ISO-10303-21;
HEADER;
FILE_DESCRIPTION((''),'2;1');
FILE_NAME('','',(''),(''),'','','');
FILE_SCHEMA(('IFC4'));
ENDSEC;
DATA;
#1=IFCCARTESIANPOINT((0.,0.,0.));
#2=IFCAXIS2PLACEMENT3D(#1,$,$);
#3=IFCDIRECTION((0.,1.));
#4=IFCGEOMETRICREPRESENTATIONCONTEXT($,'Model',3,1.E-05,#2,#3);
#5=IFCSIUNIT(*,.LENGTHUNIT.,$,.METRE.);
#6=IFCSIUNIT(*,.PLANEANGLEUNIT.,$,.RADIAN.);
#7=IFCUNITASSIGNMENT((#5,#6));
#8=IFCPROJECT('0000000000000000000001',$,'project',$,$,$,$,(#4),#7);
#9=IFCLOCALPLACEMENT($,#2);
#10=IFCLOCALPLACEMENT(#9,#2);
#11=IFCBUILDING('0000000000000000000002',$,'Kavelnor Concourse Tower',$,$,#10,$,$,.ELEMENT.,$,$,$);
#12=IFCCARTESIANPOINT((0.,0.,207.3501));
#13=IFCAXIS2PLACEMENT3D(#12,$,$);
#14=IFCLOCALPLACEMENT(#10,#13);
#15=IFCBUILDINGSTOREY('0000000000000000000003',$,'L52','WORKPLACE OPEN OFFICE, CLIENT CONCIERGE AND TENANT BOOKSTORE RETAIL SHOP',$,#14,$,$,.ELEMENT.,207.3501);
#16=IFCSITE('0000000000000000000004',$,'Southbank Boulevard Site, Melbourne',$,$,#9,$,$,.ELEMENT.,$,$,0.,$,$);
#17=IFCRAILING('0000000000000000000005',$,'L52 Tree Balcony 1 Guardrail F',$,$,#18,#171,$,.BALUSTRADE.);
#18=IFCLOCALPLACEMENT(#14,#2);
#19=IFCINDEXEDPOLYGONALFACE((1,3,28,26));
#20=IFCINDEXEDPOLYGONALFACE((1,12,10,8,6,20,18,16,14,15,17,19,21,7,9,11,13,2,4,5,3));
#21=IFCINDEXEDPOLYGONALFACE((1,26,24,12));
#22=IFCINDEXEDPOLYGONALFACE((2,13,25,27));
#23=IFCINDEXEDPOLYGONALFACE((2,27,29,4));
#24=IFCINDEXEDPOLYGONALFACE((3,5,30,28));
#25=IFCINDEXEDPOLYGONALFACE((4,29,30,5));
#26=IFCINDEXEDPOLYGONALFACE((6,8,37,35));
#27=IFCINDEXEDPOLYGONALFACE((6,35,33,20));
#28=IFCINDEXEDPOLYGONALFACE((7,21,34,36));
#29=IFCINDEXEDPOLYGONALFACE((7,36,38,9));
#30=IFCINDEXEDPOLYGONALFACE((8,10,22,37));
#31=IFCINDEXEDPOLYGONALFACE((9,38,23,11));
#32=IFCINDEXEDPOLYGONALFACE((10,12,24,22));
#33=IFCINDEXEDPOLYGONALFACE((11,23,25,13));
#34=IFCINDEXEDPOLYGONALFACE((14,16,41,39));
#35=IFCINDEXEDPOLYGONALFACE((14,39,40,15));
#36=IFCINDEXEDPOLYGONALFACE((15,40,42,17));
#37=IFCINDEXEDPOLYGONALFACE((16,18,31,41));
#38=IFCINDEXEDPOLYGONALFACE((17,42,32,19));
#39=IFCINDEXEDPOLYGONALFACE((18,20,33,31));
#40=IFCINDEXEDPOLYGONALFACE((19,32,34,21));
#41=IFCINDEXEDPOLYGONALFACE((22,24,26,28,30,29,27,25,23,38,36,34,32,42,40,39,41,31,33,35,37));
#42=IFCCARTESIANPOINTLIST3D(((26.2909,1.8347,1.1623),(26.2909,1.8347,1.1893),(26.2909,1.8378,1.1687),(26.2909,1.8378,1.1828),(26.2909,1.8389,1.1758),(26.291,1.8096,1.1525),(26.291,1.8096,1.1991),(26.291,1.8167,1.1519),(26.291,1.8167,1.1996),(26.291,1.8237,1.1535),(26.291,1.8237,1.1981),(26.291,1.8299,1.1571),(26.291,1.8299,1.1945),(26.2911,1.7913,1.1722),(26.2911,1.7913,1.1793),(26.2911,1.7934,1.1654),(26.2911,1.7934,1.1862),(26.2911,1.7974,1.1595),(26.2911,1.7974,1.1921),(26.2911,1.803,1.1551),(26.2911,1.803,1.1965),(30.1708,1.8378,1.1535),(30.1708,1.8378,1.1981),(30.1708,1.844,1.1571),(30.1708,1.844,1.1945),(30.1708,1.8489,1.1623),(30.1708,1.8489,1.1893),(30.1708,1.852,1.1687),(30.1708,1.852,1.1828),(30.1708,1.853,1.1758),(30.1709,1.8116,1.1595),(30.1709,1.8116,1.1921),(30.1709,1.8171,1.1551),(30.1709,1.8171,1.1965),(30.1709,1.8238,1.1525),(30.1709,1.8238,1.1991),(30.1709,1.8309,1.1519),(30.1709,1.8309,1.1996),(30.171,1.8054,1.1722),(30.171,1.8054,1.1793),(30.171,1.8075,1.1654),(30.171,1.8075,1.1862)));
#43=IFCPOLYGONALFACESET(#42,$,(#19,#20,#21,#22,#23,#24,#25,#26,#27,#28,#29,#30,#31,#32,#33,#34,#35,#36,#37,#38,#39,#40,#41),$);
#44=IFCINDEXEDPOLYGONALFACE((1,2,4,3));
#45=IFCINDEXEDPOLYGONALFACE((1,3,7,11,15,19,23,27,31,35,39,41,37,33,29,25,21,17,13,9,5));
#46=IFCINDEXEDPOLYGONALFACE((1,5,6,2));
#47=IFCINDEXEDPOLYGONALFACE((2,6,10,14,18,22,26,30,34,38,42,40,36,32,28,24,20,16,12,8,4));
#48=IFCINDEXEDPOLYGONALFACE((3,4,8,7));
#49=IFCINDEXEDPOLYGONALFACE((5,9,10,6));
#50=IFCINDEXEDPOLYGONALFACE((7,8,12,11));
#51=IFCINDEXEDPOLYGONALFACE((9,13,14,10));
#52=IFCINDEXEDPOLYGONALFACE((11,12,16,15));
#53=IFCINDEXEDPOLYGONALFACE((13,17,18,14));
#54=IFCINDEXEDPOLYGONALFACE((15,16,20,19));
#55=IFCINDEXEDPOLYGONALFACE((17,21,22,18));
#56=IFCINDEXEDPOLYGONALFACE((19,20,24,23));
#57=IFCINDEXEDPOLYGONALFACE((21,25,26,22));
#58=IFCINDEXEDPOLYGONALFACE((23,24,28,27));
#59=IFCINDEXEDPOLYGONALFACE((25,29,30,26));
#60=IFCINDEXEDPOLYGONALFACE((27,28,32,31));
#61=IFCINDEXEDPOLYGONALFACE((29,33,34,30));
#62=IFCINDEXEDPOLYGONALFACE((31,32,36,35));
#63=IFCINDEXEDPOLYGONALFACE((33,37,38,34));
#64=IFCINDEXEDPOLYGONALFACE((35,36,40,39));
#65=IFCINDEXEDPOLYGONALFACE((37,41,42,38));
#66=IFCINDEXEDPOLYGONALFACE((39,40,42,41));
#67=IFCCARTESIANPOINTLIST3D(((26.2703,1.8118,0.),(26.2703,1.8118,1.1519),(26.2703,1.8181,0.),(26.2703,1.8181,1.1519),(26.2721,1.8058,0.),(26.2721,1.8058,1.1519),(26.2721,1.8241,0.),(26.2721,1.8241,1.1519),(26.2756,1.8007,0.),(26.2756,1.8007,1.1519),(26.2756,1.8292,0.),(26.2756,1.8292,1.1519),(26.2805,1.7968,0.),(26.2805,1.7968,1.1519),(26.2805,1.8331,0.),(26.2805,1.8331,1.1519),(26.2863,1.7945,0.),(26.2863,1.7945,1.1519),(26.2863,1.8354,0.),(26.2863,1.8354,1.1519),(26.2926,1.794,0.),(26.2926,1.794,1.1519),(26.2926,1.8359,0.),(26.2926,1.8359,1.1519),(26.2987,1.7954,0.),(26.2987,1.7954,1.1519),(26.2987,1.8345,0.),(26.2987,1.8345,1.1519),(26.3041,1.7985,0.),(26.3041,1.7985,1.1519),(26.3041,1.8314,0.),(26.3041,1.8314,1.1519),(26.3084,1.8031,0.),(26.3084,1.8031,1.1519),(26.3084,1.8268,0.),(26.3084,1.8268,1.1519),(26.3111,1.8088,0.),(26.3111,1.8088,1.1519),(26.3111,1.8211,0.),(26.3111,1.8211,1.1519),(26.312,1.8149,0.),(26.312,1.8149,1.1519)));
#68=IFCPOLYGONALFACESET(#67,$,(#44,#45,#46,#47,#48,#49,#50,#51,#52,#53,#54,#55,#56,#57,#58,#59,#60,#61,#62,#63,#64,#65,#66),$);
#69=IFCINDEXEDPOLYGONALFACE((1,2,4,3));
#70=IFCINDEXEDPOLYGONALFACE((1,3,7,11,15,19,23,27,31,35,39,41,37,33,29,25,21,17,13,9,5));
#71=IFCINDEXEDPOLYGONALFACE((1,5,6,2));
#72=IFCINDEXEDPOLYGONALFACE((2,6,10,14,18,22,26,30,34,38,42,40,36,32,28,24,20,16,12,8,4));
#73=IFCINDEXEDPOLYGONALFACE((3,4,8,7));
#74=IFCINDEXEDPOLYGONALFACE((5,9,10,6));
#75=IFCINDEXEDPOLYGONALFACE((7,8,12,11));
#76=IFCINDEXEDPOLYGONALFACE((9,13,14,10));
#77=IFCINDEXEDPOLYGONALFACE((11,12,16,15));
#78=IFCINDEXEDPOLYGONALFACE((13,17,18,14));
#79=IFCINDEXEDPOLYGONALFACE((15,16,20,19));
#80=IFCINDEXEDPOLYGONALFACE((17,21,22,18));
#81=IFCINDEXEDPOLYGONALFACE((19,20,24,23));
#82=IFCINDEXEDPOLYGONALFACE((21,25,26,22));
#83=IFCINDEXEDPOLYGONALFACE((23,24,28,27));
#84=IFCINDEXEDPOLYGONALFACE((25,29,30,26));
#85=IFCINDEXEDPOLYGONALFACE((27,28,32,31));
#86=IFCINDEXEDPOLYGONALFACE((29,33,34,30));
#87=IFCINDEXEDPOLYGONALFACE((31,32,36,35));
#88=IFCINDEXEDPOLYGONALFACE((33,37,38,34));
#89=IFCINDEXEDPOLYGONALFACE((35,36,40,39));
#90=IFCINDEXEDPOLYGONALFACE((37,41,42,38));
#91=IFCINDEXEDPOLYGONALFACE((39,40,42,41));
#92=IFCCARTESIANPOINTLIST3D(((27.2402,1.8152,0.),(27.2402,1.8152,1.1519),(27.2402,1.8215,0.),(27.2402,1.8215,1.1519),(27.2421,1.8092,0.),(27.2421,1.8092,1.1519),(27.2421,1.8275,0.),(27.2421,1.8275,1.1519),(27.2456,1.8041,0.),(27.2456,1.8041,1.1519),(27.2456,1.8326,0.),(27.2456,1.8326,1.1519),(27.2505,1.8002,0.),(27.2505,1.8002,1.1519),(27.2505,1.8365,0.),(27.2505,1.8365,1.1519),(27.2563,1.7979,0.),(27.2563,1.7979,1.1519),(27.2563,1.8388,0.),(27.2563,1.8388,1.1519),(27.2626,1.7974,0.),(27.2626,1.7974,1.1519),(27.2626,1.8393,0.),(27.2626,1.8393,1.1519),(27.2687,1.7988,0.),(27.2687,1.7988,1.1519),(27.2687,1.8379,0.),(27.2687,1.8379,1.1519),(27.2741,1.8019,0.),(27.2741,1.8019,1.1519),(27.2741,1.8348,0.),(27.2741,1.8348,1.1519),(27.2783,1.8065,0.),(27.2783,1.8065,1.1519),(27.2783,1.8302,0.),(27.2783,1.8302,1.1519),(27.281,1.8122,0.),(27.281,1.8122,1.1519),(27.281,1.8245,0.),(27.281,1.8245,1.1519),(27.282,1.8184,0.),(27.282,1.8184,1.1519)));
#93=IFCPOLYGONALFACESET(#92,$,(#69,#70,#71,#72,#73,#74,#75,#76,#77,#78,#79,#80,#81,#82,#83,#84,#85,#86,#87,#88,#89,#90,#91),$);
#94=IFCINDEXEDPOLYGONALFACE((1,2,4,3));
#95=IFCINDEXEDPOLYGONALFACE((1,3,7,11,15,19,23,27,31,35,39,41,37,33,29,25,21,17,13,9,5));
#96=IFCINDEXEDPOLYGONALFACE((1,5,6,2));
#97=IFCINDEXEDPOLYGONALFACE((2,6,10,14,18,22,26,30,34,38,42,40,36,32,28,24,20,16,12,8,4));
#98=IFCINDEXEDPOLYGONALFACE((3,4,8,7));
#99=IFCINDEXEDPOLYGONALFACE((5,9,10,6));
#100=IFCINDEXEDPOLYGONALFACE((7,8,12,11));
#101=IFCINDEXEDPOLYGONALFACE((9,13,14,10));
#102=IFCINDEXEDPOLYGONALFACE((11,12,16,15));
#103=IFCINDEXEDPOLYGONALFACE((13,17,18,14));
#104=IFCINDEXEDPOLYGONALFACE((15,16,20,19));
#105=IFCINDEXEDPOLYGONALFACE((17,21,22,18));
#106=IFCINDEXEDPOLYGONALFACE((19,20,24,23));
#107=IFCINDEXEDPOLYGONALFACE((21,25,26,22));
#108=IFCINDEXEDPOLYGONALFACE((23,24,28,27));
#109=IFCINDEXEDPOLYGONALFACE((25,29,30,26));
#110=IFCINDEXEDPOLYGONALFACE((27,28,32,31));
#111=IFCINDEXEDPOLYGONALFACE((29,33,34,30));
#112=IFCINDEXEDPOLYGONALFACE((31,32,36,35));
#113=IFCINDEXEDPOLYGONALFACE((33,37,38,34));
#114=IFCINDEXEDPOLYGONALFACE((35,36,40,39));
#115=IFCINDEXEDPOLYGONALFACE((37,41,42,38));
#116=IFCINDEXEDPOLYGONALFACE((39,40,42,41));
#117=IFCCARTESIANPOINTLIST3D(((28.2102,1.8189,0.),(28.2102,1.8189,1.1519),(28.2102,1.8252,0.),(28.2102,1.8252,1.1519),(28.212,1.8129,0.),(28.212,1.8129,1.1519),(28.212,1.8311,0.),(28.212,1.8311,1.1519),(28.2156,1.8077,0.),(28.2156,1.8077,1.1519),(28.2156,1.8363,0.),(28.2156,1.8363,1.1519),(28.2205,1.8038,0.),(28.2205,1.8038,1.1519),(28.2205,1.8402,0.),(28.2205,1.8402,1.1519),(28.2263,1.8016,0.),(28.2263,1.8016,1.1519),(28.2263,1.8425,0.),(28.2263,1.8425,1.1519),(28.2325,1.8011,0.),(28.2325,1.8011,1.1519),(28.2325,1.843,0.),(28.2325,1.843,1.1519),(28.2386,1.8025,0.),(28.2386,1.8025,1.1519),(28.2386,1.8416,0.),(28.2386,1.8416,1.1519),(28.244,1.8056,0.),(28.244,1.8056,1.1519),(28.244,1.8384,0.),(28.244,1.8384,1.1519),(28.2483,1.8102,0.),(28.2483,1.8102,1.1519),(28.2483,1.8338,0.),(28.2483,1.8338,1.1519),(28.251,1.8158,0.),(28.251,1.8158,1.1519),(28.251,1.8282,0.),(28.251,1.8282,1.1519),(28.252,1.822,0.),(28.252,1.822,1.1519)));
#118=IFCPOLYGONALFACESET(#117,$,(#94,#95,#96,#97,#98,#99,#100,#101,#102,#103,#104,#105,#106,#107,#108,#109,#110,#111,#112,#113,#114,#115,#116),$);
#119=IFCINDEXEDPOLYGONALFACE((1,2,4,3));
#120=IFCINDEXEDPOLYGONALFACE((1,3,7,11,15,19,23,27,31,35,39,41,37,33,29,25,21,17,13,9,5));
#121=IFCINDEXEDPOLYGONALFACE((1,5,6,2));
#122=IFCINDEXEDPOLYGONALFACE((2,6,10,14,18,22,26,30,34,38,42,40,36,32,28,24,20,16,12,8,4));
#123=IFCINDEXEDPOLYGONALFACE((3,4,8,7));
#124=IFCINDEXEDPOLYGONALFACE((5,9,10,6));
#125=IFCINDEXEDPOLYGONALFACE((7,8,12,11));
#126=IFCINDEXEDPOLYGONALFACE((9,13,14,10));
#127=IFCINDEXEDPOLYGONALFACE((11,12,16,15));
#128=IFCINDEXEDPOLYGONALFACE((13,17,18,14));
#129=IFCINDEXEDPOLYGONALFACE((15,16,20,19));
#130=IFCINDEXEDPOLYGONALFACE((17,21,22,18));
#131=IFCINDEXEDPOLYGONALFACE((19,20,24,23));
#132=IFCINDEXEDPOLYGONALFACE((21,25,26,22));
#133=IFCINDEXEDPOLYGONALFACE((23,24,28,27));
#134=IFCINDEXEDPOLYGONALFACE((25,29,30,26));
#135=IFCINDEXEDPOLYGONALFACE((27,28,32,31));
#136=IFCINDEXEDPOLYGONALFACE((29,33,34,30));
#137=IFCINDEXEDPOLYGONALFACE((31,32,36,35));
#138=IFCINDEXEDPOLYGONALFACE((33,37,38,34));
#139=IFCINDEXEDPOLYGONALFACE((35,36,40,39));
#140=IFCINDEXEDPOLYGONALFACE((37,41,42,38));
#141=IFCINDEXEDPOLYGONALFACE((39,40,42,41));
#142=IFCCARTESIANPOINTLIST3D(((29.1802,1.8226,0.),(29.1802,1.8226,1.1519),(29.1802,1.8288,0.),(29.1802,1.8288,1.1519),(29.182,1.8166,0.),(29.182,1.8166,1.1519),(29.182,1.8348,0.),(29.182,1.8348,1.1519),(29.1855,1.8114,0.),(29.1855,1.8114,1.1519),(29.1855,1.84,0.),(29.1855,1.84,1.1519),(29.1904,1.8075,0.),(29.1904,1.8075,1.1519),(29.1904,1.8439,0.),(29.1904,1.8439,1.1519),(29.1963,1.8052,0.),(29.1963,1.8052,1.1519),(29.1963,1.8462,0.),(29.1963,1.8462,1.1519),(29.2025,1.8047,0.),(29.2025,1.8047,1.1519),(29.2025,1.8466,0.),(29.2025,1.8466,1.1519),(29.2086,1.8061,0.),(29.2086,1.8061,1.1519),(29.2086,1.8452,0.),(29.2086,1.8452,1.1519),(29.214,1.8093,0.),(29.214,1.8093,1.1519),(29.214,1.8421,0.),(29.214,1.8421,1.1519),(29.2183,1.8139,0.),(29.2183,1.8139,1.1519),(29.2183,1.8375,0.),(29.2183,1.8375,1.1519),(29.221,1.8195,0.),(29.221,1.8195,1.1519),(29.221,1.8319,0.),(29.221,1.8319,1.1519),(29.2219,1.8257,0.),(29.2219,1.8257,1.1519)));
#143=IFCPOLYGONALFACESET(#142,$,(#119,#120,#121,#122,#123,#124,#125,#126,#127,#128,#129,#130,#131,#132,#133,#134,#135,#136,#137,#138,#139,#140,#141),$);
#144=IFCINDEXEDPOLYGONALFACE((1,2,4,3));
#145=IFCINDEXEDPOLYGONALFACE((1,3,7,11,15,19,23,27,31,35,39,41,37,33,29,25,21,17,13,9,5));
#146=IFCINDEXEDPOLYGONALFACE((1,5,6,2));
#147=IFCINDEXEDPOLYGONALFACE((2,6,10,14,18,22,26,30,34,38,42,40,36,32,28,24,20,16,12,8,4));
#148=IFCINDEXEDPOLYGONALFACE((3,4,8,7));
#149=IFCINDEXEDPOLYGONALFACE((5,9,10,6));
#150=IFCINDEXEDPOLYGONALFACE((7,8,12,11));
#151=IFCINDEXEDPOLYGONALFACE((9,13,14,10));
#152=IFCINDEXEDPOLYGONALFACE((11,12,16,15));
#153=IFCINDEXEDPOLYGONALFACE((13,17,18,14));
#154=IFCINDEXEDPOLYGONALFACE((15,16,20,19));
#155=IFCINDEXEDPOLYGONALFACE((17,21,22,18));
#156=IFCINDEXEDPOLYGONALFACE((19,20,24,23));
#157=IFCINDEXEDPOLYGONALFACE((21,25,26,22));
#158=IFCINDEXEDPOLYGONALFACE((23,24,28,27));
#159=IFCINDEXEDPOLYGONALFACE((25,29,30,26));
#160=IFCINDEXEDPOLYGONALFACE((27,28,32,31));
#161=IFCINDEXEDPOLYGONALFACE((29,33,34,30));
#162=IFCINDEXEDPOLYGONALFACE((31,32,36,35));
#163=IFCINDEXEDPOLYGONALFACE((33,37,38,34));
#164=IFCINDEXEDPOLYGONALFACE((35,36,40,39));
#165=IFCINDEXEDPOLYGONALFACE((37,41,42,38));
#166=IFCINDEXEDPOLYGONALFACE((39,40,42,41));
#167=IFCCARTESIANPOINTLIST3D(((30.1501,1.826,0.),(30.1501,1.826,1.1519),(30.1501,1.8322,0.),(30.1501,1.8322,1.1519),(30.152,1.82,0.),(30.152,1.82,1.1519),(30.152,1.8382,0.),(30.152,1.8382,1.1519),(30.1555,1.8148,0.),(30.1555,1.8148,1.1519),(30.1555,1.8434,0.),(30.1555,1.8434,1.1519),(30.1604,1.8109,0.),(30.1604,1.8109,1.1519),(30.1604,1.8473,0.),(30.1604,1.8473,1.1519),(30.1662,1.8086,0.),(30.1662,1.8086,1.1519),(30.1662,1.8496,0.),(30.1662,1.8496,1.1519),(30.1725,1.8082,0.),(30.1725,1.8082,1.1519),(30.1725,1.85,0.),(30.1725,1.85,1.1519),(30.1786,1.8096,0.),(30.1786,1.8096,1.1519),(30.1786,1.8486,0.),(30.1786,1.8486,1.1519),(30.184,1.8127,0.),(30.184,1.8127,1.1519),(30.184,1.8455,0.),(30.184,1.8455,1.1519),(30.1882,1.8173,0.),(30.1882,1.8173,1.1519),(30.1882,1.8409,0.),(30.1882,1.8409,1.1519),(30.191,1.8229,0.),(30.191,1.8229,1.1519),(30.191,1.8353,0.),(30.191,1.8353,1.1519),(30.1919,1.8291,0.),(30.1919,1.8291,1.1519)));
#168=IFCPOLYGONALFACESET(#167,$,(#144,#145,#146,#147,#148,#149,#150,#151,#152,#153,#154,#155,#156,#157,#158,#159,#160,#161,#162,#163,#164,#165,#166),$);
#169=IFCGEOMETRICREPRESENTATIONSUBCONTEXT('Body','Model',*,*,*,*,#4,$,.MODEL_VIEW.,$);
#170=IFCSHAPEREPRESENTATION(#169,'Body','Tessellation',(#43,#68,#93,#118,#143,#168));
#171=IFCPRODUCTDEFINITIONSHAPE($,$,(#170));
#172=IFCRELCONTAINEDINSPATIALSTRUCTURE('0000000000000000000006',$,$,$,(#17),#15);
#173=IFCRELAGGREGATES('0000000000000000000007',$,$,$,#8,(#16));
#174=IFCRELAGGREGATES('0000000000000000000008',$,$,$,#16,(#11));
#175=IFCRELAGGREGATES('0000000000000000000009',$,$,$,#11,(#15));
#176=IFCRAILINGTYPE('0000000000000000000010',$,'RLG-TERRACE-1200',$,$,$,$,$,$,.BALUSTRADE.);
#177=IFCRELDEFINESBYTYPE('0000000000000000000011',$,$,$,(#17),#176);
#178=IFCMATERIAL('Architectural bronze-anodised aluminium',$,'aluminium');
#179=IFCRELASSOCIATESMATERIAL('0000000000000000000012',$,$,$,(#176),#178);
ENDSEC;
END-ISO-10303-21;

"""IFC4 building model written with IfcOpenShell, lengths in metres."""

from ifc_helpers import new_model, si_unit, direction, frame, origin, origin_2d, place, context, subcontext, project, spatial, circle, extrude, material, type_object, element, save


model = new_model("IFC4")

# Units and contexts
model_context = context("Model", 3, precision=1e-05, world=origin(), true_north=direction((0.0, 1.0)))
body_context = subcontext(model_context, "Body", "Model", "MODEL_VIEW")
ifc_project = project(units=[si_unit("LENGTHUNIT", "METRE"), si_unit("PLANEANGLEUNIT", "RADIAN")], contexts=[model_context])

# Site, building, storey
site_placement = place(None, origin())
site = spatial("IfcSite", under=ifc_project, at=site_placement, Name="Southbank Boulevard Site, Melbourne", CompositionType="ELEMENT", RefElevation=0.0)
building_placement = place(site_placement, origin())
building = spatial("IfcBuilding", under=site, at=building_placement, Name="Kavelnor Concourse Tower", CompositionType="ELEMENT")
storey_placement = place(building_placement, frame((0.0, 0.0, 207.3501)))
storey = spatial("IfcBuildingStorey", under=building, at=storey_placement, Name="L52", Description="WORKPLACE OPEN OFFICE, CLIENT CONCIERGE AND TENANT BOOKSTORE RETAIL SHOP", CompositionType="ELEMENT", Elevation=207.3501)

# Railing
ifc_material_1 = material(Name="Architectural bronze-anodised aluminium", Category="aluminium")
railing_type = type_object("IfcRailingType", Name="RLG-TERRACE-1200", PredefinedType="BALUSTRADE", material=ifc_material_1)
railing_1_placement = place(storey_placement, frame((26.291, 1.8149, 0.0)))
element("IfcRailing", 1, at=railing_1_placement, inside=storey, type_object=railing_type, Name="L52 Tree Balcony 1 Guardrail F", PredefinedType="BALUSTRADE", context=body_context, shape_type="SweptSolid", body=[
    extrude(circle(Radius=0.0239, at=origin_2d()), frame((0.0, 0.0, 1.1758), z_axis=(0.999993, 0.00365, 0.0), x_axis=(-0.00365, 0.999993, 0.0)), (0.0, 0.0, 1.0), 3.8799),
    extrude(circle(Radius=0.021, at=origin_2d()), origin(), (0.0, 0.0, 1.0), 1.1519),
    extrude(circle(Radius=0.021, at=origin_2d()), frame((0.97, 0.0034, 0.0)), (0.0, 0.0, 1.0), 1.1519),
    extrude(circle(Radius=0.021, at=origin_2d()), frame((1.9399, 0.0071, 0.0)), (0.0, 0.0, 1.0), 1.1519),
    extrude(circle(Radius=0.021, at=origin_2d()), frame((2.9099, 0.0107, 0.0)), (0.0, 0.0, 1.0), 1.1519),
    extrude(circle(Radius=0.021, at=origin_2d()), frame((3.8799, 0.0142, 0.0)), (0.0, 0.0, 1.0), 1.1519),
])

save(model, "model.ifc")
